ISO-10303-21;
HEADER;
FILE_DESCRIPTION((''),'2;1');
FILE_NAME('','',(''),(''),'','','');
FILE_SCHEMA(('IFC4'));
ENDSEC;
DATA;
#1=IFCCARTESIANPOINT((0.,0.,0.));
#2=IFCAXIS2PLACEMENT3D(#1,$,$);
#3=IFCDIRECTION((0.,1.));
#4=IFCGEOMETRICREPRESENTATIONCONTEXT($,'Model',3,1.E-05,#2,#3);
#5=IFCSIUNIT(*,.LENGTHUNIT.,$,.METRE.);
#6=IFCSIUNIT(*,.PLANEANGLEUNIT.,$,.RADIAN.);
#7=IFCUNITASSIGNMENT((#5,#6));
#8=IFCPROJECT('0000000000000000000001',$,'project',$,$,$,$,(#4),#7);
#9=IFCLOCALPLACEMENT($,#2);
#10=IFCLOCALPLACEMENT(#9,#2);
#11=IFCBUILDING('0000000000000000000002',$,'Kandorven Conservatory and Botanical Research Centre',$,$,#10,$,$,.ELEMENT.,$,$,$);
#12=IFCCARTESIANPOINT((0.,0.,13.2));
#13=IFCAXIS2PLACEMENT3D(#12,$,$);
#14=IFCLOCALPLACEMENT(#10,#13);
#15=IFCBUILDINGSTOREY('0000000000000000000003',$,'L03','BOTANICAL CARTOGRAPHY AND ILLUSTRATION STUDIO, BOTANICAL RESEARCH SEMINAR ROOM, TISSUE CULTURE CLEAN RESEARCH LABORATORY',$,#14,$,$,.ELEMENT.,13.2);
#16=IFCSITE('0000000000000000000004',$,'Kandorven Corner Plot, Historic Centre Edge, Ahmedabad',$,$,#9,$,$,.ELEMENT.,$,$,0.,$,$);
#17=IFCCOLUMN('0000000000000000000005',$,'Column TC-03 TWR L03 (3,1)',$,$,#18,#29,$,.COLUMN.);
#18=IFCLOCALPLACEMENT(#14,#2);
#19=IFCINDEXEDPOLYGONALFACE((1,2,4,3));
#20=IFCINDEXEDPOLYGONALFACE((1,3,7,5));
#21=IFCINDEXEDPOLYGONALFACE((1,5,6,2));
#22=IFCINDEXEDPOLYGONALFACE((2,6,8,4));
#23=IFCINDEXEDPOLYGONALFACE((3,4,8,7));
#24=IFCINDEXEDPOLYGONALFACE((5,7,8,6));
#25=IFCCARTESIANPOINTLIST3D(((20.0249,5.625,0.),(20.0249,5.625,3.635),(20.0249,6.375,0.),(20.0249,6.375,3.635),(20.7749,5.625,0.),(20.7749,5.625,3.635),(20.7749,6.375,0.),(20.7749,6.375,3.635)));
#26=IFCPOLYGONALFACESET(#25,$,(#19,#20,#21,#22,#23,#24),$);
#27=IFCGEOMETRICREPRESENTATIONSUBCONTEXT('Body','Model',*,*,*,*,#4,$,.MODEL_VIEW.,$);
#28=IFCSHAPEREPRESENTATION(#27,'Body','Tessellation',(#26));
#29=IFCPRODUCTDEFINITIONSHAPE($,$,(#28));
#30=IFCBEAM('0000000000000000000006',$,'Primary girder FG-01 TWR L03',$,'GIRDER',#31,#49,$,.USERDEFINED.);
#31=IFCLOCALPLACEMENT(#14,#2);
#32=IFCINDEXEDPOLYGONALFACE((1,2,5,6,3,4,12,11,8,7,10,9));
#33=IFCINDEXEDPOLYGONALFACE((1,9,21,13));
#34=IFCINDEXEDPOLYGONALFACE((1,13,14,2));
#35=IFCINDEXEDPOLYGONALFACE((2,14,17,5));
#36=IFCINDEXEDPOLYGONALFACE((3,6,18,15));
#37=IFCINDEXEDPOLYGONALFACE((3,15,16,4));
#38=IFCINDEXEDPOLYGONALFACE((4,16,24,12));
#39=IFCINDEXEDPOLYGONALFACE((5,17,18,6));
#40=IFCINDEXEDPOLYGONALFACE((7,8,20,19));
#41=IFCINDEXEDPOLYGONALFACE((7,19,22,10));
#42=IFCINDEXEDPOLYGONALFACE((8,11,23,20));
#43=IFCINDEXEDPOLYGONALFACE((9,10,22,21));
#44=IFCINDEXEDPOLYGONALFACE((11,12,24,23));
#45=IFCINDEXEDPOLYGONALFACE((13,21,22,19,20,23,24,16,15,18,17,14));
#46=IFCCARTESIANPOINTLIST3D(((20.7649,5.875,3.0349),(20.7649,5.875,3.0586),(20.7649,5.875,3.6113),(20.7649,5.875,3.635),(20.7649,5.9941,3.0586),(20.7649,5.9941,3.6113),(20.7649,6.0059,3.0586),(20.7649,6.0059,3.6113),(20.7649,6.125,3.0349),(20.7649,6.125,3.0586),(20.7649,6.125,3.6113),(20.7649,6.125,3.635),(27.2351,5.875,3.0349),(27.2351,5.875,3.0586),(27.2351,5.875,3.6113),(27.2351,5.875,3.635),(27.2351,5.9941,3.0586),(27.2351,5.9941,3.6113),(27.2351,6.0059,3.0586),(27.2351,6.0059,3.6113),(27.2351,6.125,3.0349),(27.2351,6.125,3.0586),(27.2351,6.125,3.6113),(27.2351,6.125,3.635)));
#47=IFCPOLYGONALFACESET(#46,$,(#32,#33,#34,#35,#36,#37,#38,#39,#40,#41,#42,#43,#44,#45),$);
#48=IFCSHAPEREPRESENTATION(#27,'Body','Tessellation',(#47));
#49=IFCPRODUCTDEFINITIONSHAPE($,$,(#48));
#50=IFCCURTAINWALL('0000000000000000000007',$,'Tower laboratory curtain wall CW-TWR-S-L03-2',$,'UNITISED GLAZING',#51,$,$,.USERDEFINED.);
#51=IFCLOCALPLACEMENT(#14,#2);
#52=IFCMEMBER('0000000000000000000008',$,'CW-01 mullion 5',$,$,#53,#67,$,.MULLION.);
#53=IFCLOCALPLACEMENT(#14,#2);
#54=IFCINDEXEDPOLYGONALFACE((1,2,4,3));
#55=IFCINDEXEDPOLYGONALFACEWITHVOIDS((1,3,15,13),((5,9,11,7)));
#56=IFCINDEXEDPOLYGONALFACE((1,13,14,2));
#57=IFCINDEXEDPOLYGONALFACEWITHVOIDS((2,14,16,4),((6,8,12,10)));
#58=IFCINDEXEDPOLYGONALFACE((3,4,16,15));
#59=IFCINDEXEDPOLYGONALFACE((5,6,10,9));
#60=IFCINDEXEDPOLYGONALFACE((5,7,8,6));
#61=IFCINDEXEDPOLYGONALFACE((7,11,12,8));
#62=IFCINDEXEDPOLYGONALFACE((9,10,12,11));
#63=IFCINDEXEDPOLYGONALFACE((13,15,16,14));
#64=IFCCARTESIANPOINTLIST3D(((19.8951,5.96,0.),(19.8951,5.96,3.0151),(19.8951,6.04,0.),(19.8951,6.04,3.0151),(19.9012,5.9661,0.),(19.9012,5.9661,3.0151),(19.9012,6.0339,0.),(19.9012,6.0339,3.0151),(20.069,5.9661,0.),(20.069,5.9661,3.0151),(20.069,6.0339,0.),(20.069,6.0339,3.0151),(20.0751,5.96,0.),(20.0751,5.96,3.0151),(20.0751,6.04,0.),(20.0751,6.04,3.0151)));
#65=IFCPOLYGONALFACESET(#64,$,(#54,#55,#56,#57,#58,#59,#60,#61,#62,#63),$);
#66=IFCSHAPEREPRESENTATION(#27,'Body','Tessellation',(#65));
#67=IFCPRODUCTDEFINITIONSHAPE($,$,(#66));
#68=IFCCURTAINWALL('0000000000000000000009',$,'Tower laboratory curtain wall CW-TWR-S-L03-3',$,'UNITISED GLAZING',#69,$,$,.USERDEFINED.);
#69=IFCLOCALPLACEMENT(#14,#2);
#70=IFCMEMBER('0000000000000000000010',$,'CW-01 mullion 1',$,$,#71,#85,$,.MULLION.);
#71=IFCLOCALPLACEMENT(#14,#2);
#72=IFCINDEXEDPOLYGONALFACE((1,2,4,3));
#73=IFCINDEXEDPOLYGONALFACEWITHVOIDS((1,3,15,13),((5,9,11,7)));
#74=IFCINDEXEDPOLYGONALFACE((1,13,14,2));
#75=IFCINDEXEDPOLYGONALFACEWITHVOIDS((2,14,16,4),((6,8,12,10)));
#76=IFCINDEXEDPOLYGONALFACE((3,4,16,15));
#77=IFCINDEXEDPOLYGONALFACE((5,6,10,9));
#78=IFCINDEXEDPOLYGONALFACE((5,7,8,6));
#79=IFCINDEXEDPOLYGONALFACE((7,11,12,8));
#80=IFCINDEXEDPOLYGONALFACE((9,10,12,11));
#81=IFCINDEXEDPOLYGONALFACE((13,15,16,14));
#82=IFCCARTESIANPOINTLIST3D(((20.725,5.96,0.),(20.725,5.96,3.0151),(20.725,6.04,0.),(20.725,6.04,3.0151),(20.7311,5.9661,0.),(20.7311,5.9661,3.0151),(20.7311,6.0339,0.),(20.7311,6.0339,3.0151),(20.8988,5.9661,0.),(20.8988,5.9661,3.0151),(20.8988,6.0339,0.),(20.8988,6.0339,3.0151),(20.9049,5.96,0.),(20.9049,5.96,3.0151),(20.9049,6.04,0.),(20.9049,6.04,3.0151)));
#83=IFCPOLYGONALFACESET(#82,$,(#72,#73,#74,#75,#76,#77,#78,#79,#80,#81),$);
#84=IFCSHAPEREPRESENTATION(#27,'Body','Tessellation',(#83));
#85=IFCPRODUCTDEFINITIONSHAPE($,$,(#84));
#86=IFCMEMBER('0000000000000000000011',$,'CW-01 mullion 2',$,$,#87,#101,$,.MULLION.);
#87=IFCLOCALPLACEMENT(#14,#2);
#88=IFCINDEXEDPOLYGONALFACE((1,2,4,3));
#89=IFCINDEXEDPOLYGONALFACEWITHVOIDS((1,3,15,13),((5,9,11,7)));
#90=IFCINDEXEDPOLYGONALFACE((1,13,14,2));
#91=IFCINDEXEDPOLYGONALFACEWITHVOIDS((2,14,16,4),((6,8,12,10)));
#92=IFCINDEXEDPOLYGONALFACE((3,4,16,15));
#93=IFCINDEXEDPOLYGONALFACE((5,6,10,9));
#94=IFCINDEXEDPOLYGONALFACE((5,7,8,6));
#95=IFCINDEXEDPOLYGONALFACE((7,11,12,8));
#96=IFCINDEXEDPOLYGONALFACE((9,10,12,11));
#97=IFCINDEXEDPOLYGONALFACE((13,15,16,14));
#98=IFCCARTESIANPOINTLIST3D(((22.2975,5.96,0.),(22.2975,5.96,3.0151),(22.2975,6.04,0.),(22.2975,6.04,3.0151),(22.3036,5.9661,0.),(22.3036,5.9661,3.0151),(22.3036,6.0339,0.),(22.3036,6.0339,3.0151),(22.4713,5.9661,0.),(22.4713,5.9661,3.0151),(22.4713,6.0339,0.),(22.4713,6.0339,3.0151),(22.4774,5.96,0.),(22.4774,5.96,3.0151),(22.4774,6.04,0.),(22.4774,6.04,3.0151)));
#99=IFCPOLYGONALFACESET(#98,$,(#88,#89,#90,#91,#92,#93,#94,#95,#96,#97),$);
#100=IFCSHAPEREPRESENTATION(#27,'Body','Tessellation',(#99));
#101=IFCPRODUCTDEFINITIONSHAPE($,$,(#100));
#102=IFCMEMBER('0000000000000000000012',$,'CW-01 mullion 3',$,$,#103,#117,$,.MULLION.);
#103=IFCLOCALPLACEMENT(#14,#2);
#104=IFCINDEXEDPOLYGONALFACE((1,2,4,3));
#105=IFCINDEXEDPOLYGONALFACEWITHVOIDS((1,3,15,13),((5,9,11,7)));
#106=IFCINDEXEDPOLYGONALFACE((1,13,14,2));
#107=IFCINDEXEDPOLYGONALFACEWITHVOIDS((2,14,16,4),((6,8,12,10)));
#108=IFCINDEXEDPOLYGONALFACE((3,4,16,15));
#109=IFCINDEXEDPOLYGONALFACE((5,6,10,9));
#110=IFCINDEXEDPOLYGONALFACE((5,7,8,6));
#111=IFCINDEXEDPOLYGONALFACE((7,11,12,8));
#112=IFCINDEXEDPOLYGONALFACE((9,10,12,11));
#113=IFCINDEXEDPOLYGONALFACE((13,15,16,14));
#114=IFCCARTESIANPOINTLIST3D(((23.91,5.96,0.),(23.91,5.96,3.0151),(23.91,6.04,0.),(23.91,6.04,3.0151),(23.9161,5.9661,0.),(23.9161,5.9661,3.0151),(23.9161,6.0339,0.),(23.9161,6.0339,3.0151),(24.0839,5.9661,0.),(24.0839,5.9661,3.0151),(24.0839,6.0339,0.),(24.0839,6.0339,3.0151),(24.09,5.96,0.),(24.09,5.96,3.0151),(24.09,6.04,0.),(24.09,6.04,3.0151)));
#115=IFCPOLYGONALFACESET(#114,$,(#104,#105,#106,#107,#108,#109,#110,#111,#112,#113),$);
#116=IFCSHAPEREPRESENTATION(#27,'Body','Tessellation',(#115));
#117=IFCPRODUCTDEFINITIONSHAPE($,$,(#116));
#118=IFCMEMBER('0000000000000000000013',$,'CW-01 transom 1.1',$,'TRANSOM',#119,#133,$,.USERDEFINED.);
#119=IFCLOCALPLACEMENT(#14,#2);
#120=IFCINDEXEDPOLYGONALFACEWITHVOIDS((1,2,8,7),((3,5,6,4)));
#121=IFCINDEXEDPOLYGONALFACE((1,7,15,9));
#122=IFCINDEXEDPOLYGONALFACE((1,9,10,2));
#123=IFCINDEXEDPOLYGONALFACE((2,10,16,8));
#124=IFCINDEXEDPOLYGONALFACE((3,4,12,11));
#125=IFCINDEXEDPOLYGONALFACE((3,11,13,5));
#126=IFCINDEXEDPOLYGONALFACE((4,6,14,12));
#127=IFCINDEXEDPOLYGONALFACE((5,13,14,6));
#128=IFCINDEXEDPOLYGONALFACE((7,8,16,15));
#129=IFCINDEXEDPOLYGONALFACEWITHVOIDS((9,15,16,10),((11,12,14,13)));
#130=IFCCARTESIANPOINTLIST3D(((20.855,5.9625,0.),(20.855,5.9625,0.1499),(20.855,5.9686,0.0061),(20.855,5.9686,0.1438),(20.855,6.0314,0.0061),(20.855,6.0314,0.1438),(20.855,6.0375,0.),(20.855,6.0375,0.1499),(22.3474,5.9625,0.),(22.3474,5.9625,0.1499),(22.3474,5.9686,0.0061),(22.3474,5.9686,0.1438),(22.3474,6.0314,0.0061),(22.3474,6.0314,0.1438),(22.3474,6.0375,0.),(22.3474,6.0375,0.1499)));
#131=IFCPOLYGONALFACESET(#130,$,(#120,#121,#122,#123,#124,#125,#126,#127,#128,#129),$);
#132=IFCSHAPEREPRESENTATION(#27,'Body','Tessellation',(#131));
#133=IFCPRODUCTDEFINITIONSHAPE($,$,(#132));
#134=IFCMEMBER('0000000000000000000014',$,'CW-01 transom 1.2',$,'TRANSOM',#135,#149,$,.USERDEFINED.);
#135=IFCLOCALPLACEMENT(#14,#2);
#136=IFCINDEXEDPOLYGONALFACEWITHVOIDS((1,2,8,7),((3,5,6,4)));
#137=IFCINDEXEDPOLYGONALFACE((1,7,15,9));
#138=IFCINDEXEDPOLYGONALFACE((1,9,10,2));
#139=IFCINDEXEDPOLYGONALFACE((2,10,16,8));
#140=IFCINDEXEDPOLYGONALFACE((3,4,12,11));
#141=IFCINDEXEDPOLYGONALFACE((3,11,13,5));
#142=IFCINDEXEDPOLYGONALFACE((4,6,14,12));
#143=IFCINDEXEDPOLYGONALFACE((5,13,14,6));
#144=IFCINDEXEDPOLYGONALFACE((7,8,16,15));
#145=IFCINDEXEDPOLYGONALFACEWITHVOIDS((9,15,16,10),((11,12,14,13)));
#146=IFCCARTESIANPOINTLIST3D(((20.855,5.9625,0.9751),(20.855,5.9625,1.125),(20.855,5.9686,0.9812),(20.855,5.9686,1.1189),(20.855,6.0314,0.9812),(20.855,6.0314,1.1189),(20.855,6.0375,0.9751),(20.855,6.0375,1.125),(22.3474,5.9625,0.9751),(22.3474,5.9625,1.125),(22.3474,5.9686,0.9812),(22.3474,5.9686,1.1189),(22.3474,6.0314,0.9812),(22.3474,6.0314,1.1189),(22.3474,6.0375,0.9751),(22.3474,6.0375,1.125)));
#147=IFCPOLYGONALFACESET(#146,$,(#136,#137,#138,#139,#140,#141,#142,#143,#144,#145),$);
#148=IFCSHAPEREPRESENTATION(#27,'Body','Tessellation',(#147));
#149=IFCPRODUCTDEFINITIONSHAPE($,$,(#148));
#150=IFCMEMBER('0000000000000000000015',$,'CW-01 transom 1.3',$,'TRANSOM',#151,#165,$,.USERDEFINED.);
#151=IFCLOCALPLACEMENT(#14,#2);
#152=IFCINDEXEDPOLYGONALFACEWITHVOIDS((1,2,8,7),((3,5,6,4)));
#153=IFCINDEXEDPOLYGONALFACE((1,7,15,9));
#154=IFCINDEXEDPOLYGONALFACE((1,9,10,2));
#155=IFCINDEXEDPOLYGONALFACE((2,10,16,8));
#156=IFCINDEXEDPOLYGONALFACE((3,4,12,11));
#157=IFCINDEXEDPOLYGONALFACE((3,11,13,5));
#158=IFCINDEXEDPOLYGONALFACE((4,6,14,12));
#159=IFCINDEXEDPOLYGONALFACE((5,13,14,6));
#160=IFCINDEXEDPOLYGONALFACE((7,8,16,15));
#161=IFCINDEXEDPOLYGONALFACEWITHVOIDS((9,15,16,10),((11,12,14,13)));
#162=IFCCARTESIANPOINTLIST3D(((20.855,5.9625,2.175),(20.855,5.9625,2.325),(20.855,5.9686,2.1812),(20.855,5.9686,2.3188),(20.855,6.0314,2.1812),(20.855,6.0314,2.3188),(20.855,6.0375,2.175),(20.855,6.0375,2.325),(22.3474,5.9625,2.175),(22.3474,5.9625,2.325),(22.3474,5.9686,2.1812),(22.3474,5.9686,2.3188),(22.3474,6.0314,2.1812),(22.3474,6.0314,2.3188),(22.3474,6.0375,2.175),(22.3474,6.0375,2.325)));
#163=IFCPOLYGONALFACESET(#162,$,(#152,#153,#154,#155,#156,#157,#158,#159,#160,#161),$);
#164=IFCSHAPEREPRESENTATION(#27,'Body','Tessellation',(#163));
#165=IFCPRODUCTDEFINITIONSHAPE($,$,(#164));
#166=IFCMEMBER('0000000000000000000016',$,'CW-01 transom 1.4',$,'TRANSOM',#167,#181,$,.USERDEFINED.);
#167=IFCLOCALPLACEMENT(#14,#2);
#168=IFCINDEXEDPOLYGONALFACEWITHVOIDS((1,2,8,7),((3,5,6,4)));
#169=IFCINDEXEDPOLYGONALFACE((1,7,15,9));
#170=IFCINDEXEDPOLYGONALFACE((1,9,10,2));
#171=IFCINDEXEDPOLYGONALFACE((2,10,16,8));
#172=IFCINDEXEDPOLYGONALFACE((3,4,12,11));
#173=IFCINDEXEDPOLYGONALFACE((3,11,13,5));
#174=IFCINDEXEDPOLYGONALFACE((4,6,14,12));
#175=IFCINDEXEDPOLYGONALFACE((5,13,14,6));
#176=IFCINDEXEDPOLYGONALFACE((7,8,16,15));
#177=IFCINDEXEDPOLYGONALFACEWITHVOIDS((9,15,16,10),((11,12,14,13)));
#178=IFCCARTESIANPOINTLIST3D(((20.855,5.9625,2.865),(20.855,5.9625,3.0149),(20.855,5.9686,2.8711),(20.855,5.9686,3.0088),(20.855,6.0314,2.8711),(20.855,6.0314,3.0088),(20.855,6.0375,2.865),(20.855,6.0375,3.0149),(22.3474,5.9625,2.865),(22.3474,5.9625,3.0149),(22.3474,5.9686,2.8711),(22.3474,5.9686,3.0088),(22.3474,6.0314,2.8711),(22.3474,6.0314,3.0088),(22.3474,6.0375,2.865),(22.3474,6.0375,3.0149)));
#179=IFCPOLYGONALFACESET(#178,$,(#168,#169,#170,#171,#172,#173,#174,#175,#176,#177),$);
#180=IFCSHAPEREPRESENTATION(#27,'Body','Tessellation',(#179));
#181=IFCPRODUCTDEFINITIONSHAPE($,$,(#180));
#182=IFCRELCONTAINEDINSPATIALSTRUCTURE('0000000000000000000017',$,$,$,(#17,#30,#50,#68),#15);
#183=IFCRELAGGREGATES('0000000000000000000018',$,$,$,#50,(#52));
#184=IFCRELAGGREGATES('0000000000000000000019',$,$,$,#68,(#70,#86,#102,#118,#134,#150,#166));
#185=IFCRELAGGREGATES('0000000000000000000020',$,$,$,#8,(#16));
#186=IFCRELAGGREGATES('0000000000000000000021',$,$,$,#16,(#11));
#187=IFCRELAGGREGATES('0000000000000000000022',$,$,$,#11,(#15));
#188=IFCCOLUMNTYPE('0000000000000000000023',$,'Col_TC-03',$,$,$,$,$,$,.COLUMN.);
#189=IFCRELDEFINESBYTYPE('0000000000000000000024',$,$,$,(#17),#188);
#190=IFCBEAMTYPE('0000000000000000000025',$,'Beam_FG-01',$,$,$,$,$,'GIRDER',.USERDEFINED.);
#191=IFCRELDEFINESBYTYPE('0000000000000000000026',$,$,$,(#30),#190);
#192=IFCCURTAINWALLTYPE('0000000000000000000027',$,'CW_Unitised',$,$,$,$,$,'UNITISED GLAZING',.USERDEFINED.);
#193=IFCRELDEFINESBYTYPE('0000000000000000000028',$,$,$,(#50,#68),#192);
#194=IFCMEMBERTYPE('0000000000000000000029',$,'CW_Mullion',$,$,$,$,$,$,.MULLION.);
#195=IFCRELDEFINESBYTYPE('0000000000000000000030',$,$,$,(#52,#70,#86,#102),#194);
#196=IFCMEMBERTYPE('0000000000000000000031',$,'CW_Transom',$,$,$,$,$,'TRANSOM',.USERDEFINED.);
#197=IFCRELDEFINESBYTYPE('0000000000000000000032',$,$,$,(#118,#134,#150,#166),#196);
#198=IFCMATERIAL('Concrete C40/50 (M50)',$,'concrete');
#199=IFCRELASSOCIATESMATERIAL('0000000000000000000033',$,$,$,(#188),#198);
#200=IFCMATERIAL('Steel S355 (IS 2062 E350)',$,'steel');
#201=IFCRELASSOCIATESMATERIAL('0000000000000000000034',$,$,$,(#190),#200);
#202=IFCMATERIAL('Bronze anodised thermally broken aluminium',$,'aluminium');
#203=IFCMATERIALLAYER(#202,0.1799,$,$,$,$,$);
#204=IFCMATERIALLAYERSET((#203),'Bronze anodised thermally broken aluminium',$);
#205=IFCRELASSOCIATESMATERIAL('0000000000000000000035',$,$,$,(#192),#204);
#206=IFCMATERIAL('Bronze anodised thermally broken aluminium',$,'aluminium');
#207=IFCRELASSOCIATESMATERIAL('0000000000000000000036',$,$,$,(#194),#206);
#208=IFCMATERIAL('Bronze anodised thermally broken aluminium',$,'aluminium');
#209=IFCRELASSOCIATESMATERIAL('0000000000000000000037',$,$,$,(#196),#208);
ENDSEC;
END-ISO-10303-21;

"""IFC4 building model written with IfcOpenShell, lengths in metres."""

from ifc_helpers import new_model, si_unit, direction, frame, origin, origin_2d, place, context, subcontext, project, spatial, rectangle, hollow_rectangle, i_section, extrude, material, layer, layer_set, material_profile, profile_set, type_object, element, aggregate, save


model = new_model("IFC4")

# Units and contexts
model_context = context("Model", 3, precision=1e-05, world=origin(), true_north=direction((0.0, 1.0)))
body_context = subcontext(model_context, "Body", "Model", "MODEL_VIEW")
ifc_project = project(units=[si_unit("LENGTHUNIT", "METRE"), si_unit("PLANEANGLEUNIT", "RADIAN")], contexts=[model_context])

# Site, building, storey
site_placement = place(None, origin())
site = spatial("IfcSite", under=ifc_project, at=site_placement, Name="Kandorven Corner Plot, Historic Centre Edge, Ahmedabad", CompositionType="ELEMENT", RefElevation=0.0)
building_placement = place(site_placement, origin())
building = spatial("IfcBuilding", under=site, at=building_placement, Name="Kandorven Conservatory and Botanical Research Centre", CompositionType="ELEMENT")
storey_placement = place(building_placement, frame((0.0, 0.0, 13.2)))
storey = spatial("IfcBuildingStorey", under=building, at=storey_placement, Name="L03", Description="BOTANICAL CARTOGRAPHY AND ILLUSTRATION STUDIO, BOTANICAL RESEARCH SEMINAR ROOM, TISSUE CULTURE CLEAN RESEARCH LABORATORY", CompositionType="ELEMENT", Elevation=13.2)

# Column
ifc_material_1 = material(Name="Concrete C40/50 (M50)", Category="concrete")
ifc_material_profile_1 = material_profile(ifc_material_1, rectangle(XDim=0.75, YDim=0.75, at=origin_2d()))
ifc_profile_set_1 = profile_set([ifc_material_profile_1], Name="Concrete C40/50 (M50)")
column_type = type_object("IfcColumnType", Name="Col_TC-03", PredefinedType="COLUMN", material=ifc_profile_set_1)
column_placement = place(storey_placement, frame((20.3999, 6.0, 0.0), z_axis=(0.0, 0.0, 1.0), x_axis=(1.0, 0.0, 0.0)))
element("IfcColumn", 1, at=column_placement, inside=storey, type_object=column_type, Name="Column TC-03 TWR L03 (3,1)", PredefinedType="COLUMN", context=body_context, shape_type="SweptSolid", body=[
    extrude(rectangle(XDim=0.75, YDim=0.75, at=origin_2d()), origin(), (0.0, 0.0, 1.0), 3.635),
])

# Beam
ifc_material_2 = material(Name="Steel S355 (IS 2062 E350)", Category="steel")
ifc_material_profile_2 = material_profile(ifc_material_2, i_section(OverallWidth=0.25, OverallDepth=0.6001, WebThickness=0.0117, FlangeThickness=0.0237, at=origin_2d()))
ifc_profile_set_2 = profile_set([ifc_material_profile_2], Name="Steel S355 (IS 2062 E350)")
beam_type = type_object("IfcBeamType", Name="Beam_FG-01", ElementType="GIRDER", PredefinedType="USERDEFINED", material=ifc_profile_set_2)
beam_placement = place(storey_placement, frame((20.7649, 6.0, 3.335), z_axis=(1.0, 0.0, 0.0), x_axis=(0.0, 1.0, 0.0)))
element("IfcBeam", 2, at=beam_placement, inside=storey, type_object=beam_type, Name="Primary girder FG-01 TWR L03", ObjectType="GIRDER", PredefinedType="USERDEFINED", context=body_context, shape_type="SweptSolid", body=[
    extrude(i_section(OverallWidth=0.25, OverallDepth=0.6001, WebThickness=0.0117, FlangeThickness=0.0237, at=origin_2d()), origin(), (0.0, 0.0, 1.0), 6.4702),
])

# Curtain wall, member
ifc_material_3 = material(Name="Bronze anodised thermally broken aluminium", Category="aluminium")
ifc_layer_1 = layer(ifc_material_3, 0.1799)
ifc_layer_set_1 = layer_set([ifc_layer_1], Name="Bronze anodised thermally broken aluminium")
curtain_wall_type = type_object("IfcCurtainWallType", Name="CW_Unitised", ElementType="UNITISED GLAZING", PredefinedType="USERDEFINED", material=ifc_layer_set_1)
curtain_wall_1_placement = place(storey_placement, origin())
curtain_wall_1 = element("IfcCurtainWall", 3, at=curtain_wall_1_placement, inside=storey, type_object=curtain_wall_type, Name="Tower laboratory curtain wall CW-TWR-S-L03-2", ObjectType="UNITISED GLAZING", PredefinedType="USERDEFINED")
ifc_material_4 = material(Name="Bronze anodised thermally broken aluminium", Category="aluminium")
ifc_material_profile_3 = material_profile(ifc_material_4, hollow_rectangle(XDim=0.0801, YDim=0.1799, WallThickness=0.0061, at=origin_2d()))
ifc_profile_set_3 = profile_set([ifc_material_profile_3], Name="Bronze anodised thermally broken aluminium")
member_type_1 = type_object("IfcMemberType", Name="CW_Mullion", PredefinedType="MULLION", material=ifc_profile_set_3)
member_1_placement = place(storey_placement, frame((19.9851, 6.0, 0.0), z_axis=(0.0, 0.0, 1.0), x_axis=(0.0, 1.0, 0.0)))
member_1 = element("IfcMember", 4, at=member_1_placement, type_object=member_type_1, Name="CW-01 mullion 5", PredefinedType="MULLION", context=body_context, shape_type="SweptSolid", body=[
    extrude(hollow_rectangle(XDim=0.0801, YDim=0.1799, WallThickness=0.0061, at=origin_2d()), origin(), (0.0, 0.0, 1.0), 3.0151),
])

# Curtain wall, members
curtain_wall_2_placement = place(storey_placement, origin())
curtain_wall_2 = element("IfcCurtainWall", 5, at=curtain_wall_2_placement, inside=storey, type_object=curtain_wall_type, Name="Tower laboratory curtain wall CW-TWR-S-L03-3", ObjectType="UNITISED GLAZING", PredefinedType="USERDEFINED")
member_2_placement = place(storey_placement, frame((20.8149, 6.0, 0.0), z_axis=(0.0, 0.0, 1.0), x_axis=(0.0, 1.0, 0.0)))
member_2 = element("IfcMember", 6, at=member_2_placement, type_object=member_type_1, Name="CW-01 mullion 1", PredefinedType="MULLION", context=body_context, shape_type="SweptSolid", body=[
    extrude(hollow_rectangle(XDim=0.0801, YDim=0.1799, WallThickness=0.0061, at=origin_2d()), origin(), (0.0, 0.0, 1.0), 3.0151),
])
member_3_placement = place(storey_placement, frame((22.3875, 6.0, 0.0), z_axis=(0.0, 0.0, 1.0), x_axis=(0.0, 1.0, 0.0)))
member_3 = element("IfcMember", 7, at=member_3_placement, type_object=member_type_1, Name="CW-01 mullion 2", PredefinedType="MULLION", context=body_context, shape_type="SweptSolid", body=[
    extrude(hollow_rectangle(XDim=0.0801, YDim=0.1799, WallThickness=0.0061, at=origin_2d()), origin(), (0.0, 0.0, 1.0), 3.0151),
])
member_4_placement = place(storey_placement, frame((24.0, 6.0, 0.0), z_axis=(0.0, 0.0, 1.0), x_axis=(0.0, 1.0, 0.0)))
member_4 = element("IfcMember", 8, at=member_4_placement, type_object=member_type_1, Name="CW-01 mullion 3", PredefinedType="MULLION", context=body_context, shape_type="SweptSolid", body=[
    extrude(hollow_rectangle(XDim=0.0801, YDim=0.1799, WallThickness=0.0061, at=origin_2d()), origin(), (0.0, 0.0, 1.0), 3.0151),
])
ifc_material_5 = material(Name="Bronze anodised thermally broken aluminium", Category="aluminium")
ifc_material_profile_4 = material_profile(ifc_material_5, hollow_rectangle(XDim=0.075, YDim=0.1499, WallThickness=0.0061, at=origin_2d()))
ifc_profile_set_4 = profile_set([ifc_material_profile_4], Name="Bronze anodised thermally broken aluminium")
member_type_2 = type_object("IfcMemberType", Name="CW_Transom", ElementType="TRANSOM", PredefinedType="USERDEFINED", material=ifc_profile_set_4)
member_5_placement = place(storey_placement, frame((20.855, 6.0, 0.075), z_axis=(1.0, 0.0, 0.0), x_axis=(0.0, 1.0, 0.0)))
member_5 = element("IfcMember", 9, at=member_5_placement, type_object=member_type_2, Name="CW-01 transom 1.1", ObjectType="TRANSOM", PredefinedType="USERDEFINED", context=body_context, shape_type="SweptSolid", body=[
    extrude(hollow_rectangle(XDim=0.075, YDim=0.1499, WallThickness=0.0061, at=origin_2d()), origin(), (0.0, 0.0, 1.0), 1.4924),
])
member_6_placement = place(storey_placement, frame((20.855, 6.0, 1.05), z_axis=(1.0, 0.0, 0.0), x_axis=(0.0, 1.0, 0.0)))
member_6 = element("IfcMember", 10, at=member_6_placement, type_object=member_type_2, Name="CW-01 transom 1.2", ObjectType="TRANSOM", PredefinedType="USERDEFINED", context=body_context, shape_type="SweptSolid", body=[
    extrude(hollow_rectangle(XDim=0.075, YDim=0.1499, WallThickness=0.0061, at=origin_2d()), origin(), (0.0, 0.0, 1.0), 1.4924),
])
member_7_placement = place(storey_placement, frame((20.855, 6.0, 2.25), z_axis=(1.0, 0.0, 0.0), x_axis=(0.0, 1.0, 0.0)))
member_7 = element("IfcMember", 11, at=member_7_placement, type_object=member_type_2, Name="CW-01 transom 1.3", ObjectType="TRANSOM", PredefinedType="USERDEFINED", context=body_context, shape_type="SweptSolid", body=[
    extrude(hollow_rectangle(XDim=0.075, YDim=0.1499, WallThickness=0.0061, at=origin_2d()), origin(), (0.0, 0.0, 1.0), 1.4924),
])
member_8_placement = place(storey_placement, frame((20.855, 6.0, 2.9399), z_axis=(1.0, 0.0, 0.0), x_axis=(0.0, 1.0, 0.0)))
member_8 = element("IfcMember", 12, at=member_8_placement, type_object=member_type_2, Name="CW-01 transom 1.4", ObjectType="TRANSOM", PredefinedType="USERDEFINED", context=body_context, shape_type="SweptSolid", body=[
    extrude(hollow_rectangle(XDim=0.075, YDim=0.1499, WallThickness=0.0061, at=origin_2d()), origin(), (0.0, 0.0, 1.0), 1.4924),
])

aggregate(curtain_wall_1, [member_1])
aggregate(curtain_wall_2, [member_2, member_3, member_4, member_5, member_6, member_7, member_8])

save(model, "model.ifc")
